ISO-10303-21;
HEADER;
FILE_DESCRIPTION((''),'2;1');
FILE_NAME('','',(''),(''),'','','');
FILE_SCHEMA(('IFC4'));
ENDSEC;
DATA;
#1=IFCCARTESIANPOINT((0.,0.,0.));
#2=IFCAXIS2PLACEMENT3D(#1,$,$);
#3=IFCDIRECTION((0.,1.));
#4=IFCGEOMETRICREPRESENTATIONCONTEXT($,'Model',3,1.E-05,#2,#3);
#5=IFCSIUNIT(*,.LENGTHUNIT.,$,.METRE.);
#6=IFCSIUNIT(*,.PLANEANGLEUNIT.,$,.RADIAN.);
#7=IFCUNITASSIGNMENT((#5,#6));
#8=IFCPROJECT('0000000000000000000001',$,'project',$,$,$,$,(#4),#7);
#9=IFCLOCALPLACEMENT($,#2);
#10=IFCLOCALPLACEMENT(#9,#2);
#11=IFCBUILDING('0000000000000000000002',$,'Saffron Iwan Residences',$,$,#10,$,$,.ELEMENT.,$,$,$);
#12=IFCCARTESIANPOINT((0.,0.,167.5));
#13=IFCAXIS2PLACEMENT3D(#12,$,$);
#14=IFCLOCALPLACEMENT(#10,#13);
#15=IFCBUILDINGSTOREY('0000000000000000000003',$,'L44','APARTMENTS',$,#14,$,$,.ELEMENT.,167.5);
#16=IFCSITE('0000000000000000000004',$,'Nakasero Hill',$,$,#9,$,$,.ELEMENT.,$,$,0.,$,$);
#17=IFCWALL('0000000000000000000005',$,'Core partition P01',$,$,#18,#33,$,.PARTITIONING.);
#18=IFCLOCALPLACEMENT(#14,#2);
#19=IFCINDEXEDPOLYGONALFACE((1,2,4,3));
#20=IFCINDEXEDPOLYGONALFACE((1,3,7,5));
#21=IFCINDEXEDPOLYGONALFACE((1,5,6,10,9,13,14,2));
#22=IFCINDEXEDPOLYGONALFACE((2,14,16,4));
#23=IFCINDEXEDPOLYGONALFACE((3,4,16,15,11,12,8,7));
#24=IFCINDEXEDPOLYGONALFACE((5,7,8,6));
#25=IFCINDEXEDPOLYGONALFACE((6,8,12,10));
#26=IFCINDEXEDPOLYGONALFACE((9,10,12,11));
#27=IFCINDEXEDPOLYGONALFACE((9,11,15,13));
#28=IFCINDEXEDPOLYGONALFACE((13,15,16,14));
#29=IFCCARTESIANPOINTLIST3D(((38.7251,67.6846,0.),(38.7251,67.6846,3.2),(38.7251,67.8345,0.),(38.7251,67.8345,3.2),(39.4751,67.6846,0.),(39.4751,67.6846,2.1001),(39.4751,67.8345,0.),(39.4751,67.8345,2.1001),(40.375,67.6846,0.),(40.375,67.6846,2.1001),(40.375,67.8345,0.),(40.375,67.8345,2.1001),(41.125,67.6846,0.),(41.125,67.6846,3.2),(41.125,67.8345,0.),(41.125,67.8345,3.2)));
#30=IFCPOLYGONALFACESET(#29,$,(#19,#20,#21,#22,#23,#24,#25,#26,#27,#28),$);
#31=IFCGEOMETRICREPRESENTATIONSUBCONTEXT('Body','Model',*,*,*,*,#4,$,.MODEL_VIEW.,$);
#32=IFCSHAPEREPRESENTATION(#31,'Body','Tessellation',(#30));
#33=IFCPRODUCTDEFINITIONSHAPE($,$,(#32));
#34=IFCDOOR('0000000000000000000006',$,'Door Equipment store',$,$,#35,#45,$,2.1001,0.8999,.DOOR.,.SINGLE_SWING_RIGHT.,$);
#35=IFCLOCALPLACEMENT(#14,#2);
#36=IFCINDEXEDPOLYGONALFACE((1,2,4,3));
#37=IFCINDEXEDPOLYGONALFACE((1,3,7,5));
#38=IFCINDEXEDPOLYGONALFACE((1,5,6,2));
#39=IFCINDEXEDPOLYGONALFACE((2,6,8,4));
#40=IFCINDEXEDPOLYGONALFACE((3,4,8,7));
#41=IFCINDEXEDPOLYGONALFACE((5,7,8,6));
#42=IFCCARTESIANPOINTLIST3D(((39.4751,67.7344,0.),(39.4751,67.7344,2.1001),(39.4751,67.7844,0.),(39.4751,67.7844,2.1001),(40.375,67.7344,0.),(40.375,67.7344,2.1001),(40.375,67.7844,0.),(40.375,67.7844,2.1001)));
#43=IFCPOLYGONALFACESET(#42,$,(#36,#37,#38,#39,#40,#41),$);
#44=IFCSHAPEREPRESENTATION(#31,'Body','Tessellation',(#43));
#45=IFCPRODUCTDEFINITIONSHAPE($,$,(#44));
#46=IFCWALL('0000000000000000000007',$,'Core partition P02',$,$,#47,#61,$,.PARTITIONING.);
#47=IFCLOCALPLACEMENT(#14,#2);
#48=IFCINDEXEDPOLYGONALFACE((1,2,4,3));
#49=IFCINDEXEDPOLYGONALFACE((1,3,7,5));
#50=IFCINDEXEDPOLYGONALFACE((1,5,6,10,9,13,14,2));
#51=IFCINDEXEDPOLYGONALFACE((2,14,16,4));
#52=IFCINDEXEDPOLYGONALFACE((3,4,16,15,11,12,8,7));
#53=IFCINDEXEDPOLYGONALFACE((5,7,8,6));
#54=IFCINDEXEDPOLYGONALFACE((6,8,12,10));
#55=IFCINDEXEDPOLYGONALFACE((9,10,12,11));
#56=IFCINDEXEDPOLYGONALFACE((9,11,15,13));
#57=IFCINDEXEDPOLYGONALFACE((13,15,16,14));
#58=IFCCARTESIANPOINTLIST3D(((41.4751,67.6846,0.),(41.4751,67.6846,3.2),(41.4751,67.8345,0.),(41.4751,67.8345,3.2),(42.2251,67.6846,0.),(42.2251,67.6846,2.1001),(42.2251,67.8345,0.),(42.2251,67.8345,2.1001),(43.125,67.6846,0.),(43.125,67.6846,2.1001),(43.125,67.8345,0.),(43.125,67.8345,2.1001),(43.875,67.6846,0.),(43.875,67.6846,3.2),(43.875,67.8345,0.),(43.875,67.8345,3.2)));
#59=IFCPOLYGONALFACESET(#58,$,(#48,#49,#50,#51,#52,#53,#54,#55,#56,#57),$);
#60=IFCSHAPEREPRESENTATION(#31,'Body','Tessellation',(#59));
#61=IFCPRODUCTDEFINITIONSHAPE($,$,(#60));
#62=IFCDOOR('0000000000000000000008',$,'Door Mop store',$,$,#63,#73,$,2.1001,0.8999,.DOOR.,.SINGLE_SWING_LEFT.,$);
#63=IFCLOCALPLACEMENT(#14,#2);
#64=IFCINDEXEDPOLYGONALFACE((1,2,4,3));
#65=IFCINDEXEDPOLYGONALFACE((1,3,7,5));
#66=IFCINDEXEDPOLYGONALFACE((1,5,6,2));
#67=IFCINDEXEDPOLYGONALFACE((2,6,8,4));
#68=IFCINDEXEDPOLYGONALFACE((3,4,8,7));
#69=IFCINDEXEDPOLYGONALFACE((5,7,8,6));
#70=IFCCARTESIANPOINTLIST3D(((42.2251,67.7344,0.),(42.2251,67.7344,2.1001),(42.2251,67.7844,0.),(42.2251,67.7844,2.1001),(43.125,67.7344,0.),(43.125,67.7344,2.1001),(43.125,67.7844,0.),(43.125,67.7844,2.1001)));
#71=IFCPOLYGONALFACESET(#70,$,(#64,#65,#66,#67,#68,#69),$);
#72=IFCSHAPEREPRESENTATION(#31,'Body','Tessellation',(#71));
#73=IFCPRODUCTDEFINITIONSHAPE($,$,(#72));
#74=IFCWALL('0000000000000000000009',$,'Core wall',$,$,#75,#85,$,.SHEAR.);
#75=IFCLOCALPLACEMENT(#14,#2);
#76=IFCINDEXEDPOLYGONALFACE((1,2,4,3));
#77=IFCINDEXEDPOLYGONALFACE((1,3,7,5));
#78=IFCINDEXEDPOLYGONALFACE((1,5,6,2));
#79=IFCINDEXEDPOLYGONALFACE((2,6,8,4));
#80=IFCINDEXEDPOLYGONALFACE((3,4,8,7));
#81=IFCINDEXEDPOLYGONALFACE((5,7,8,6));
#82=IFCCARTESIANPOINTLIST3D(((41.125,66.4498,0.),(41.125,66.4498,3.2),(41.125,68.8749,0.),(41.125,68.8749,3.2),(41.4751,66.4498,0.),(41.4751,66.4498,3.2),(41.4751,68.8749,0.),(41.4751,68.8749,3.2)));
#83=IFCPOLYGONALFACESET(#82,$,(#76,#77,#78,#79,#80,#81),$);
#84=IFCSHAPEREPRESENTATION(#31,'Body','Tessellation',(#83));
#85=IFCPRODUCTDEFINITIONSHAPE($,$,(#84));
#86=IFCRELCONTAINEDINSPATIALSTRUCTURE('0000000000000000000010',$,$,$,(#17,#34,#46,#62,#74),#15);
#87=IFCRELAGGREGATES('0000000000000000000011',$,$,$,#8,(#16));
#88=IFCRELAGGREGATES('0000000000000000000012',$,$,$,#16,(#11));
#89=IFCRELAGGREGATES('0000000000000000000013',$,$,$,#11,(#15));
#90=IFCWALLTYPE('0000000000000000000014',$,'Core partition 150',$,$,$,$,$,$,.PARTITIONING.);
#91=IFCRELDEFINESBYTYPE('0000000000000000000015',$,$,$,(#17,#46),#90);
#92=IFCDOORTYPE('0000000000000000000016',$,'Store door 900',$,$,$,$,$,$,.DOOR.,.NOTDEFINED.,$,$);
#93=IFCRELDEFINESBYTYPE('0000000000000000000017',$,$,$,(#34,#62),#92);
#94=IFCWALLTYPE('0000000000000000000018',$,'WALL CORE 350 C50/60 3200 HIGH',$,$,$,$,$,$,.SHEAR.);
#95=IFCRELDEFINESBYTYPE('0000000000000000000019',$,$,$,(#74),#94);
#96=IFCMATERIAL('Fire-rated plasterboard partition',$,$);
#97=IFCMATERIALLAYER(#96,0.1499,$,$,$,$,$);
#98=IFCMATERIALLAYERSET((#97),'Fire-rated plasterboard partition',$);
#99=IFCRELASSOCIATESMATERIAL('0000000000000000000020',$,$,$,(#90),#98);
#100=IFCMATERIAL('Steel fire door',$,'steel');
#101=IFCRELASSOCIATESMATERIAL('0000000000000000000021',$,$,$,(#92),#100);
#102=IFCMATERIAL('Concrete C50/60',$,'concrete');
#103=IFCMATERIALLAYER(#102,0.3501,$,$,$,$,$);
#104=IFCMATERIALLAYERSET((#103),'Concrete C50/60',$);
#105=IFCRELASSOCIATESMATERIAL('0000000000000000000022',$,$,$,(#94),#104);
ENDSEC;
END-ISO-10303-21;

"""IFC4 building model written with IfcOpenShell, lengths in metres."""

from ifc_helpers import new_model, si_unit, direction, frame, frame_2d, origin, place, context, subcontext, project, spatial, rectangle, extrude, material, layer, layer_set, type_object, element, fill, save


model = new_model("IFC4")

# Units and contexts
model_context = context("Model", 3, precision=1e-05, world=origin(), true_north=direction((0.0, 1.0)))
body_context = subcontext(model_context, "Body", "Model", "MODEL_VIEW")
ifc_project = project(units=[si_unit("LENGTHUNIT", "METRE"), si_unit("PLANEANGLEUNIT", "RADIAN")], contexts=[model_context])

# Site, building, storey
site_placement = place(None, origin())
site = spatial("IfcSite", under=ifc_project, at=site_placement, Name="Nakasero Hill", CompositionType="ELEMENT", RefElevation=0.0)
building_placement = place(site_placement, origin())
building = spatial("IfcBuilding", under=site, at=building_placement, Name="Saffron Iwan Residences", CompositionType="ELEMENT")
storey_placement = place(building_placement, frame((0.0, 0.0, 167.5)))
storey = spatial("IfcBuildingStorey", under=building, at=storey_placement, Name="L44", Description="APARTMENTS", CompositionType="ELEMENT", Elevation=167.5)

# Walls, openings, doors
ifc_material_1 = material(Name="Fire-rated plasterboard partition")
ifc_layer_1 = layer(ifc_material_1, 0.1499)
ifc_layer_set_1 = layer_set([ifc_layer_1], Name="Fire-rated plasterboard partition")
wall_type_1 = type_object("IfcWallType", Name="Core partition 150", PredefinedType="PARTITIONING", material=ifc_layer_set_1)
wall_1_placement = place(storey_placement, frame((38.7251, 67.7595, 0.0), z_axis=(0.0, 0.0, 1.0), x_axis=(1.0, 0.0, 0.0)))
wall_1 = element("IfcWall", 1, at=wall_1_placement, inside=storey, type_object=wall_type_1, Name="Core partition P01", PredefinedType="PARTITIONING", context=body_context, shape_type="SweptSolid", body=[
    extrude(rectangle(XDim=2.3999, YDim=0.1499, at=frame_2d((1.2, 0.0))), origin(), (0.0, 0.0, 1.0), 3.2),
])
opening_1_placement = place(wall_1_placement, frame((0.75, 0.0, 0.0)))
opening_1 = element("IfcOpeningElement", 2, at=opening_1_placement, cuts=wall_1, PredefinedType="OPENING", context=body_context, shape_type="SweptSolid", body=[
    extrude(rectangle(XDim=0.8999, YDim=2.1001, at=frame_2d((0.45, 1.05))), frame((0.0, 0.085, 0.0), z_axis=(0.0, -1.0, 0.0), x_axis=(1.0, 0.0, 0.0)), (0.0, 0.0, 1.0), 0.1699),
])
ifc_material_2 = material(Name="Steel fire door", Category="steel")
door_type = type_object("IfcDoorType", Name="Store door 900", OperationType="NOTDEFINED", PredefinedType="DOOR", material=ifc_material_2)
door_1_placement = place(opening_1_placement, origin())
door_1 = element("IfcDoor", 3, at=door_1_placement, inside=storey, type_object=door_type, Name="Door Equipment store", OperationType="SINGLE_SWING_RIGHT", OverallHeight=2.1001, OverallWidth=0.8999, PredefinedType="DOOR", context=body_context, shape_type="SweptSolid", body=[
    extrude(rectangle(XDim=0.8999, YDim=2.1001, at=frame_2d((0.45, 1.05))), frame((0.0, 0.0249, 0.0), z_axis=(0.0, -1.0, 0.0), x_axis=(1.0, 0.0, 0.0)), (0.0, 0.0, 1.0), 0.05),
])
fill(opening_1, door_1)
wall_2_placement = place(storey_placement, frame((41.4751, 67.7595, 0.0), z_axis=(0.0, 0.0, 1.0), x_axis=(1.0, 0.0, 0.0)))
wall_2 = element("IfcWall", 4, at=wall_2_placement, inside=storey, type_object=wall_type_1, Name="Core partition P02", PredefinedType="PARTITIONING", context=body_context, shape_type="SweptSolid", body=[
    extrude(rectangle(XDim=2.3999, YDim=0.1499, at=frame_2d((1.2, 0.0))), origin(), (0.0, 0.0, 1.0), 3.2),
])
opening_2_placement = place(wall_2_placement, frame((0.75, 0.0, 0.0)))
opening_2 = element("IfcOpeningElement", 5, at=opening_2_placement, cuts=wall_2, PredefinedType="OPENING", context=body_context, shape_type="SweptSolid", body=[
    extrude(rectangle(XDim=0.8999, YDim=2.1001, at=frame_2d((0.45, 1.05))), frame((0.0, 0.085, 0.0), z_axis=(0.0, -1.0, 0.0), x_axis=(1.0, 0.0, 0.0)), (0.0, 0.0, 1.0), 0.1699),
])
door_2_placement = place(opening_2_placement, origin())
door_2 = element("IfcDoor", 6, at=door_2_placement, inside=storey, type_object=door_type, Name="Door Mop store", OperationType="SINGLE_SWING_LEFT", OverallHeight=2.1001, OverallWidth=0.8999, PredefinedType="DOOR", context=body_context, shape_type="SweptSolid", body=[
    extrude(rectangle(XDim=0.8999, YDim=2.1001, at=frame_2d((0.45, 1.05))), frame((0.0, 0.0249, 0.0), z_axis=(0.0, -1.0, 0.0), x_axis=(1.0, 0.0, 0.0)), (0.0, 0.0, 1.0), 0.05),
])
fill(opening_2, door_2)

# Wall
ifc_material_3 = material(Name="Concrete C50/60", Category="concrete")
ifc_layer_2 = layer(ifc_material_3, 0.3501)
ifc_layer_set_2 = layer_set([ifc_layer_2], Name="Concrete C50/60")
wall_type_2 = type_object("IfcWallType", Name="WALL CORE 350 C50/60 3200 HIGH", PredefinedType="SHEAR", material=ifc_layer_set_2)
wall_3_placement = place(storey_placement, frame((41.3, 66.45, 0.0), z_axis=(0.0, 0.0, 1.0), x_axis=(0.0, 1.0, 0.0)))
element("IfcWall", 7, at=wall_3_placement, inside=storey, type_object=wall_type_2, Name="Core wall", PredefinedType="SHEAR", context=body_context, shape_type="SweptSolid", body=[
    extrude(rectangle(XDim=2.425, YDim=0.3501, at=frame_2d((1.2124, 0.0))), origin(), (0.0, 0.0, 1.0), 3.2),
])

save(model, "model.ifc")
